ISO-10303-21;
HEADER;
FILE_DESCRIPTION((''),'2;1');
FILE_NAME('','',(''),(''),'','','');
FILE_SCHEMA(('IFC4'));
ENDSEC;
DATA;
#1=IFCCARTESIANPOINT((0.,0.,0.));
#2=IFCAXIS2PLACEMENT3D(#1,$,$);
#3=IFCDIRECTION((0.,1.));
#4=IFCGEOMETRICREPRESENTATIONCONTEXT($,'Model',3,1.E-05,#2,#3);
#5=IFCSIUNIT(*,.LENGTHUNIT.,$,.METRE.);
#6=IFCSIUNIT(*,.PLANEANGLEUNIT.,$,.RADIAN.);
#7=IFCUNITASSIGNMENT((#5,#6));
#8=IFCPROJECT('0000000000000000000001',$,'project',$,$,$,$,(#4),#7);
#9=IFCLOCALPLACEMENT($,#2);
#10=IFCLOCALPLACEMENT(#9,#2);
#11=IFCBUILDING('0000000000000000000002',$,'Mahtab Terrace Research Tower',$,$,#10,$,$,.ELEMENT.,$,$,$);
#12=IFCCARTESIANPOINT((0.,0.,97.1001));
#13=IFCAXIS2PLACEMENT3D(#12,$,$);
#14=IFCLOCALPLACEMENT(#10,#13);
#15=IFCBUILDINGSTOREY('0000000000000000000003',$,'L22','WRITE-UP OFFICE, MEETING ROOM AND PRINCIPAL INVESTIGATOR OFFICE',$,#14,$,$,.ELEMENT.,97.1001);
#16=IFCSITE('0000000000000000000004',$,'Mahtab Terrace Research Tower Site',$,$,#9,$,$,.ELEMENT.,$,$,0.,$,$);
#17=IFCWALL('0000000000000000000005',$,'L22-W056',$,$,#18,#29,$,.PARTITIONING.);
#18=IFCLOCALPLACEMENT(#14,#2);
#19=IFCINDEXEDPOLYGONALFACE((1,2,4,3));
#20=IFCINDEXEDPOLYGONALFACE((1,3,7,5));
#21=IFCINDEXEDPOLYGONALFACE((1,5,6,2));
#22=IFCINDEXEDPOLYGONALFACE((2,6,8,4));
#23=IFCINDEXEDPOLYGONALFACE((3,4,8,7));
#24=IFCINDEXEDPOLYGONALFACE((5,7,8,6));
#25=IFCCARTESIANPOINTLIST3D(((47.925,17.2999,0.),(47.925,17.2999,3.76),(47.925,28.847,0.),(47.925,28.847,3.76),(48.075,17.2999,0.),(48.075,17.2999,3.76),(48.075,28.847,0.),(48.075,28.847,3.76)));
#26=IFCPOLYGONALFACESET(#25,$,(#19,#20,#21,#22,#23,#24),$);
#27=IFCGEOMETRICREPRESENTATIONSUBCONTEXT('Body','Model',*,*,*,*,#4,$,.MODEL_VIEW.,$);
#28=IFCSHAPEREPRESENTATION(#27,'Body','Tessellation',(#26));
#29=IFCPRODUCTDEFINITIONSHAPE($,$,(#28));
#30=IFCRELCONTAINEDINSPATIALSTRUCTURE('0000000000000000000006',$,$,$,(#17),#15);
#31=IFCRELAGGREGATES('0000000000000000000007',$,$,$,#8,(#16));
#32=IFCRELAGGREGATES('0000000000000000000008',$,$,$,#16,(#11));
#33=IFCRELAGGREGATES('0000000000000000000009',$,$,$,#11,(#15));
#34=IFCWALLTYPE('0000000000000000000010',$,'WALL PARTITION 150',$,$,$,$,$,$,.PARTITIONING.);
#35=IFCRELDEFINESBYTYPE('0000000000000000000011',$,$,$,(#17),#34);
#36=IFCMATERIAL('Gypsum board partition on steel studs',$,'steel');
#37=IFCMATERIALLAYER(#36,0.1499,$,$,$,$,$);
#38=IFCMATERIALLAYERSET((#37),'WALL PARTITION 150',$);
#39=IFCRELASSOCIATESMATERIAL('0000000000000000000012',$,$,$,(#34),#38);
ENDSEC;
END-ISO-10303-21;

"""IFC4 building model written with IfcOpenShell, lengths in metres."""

from ifc_helpers import new_model, si_unit, direction, frame, frame_2d, origin, place, context, subcontext, project, spatial, rectangle, extrude, material, layer, layer_set, type_object, element, save


model = new_model("IFC4")

# Units and contexts
model_context = context("Model", 3, precision=1e-05, world=origin(), true_north=direction((0.0, 1.0)))
body_context = subcontext(model_context, "Body", "Model", "MODEL_VIEW")
ifc_project = project(units=[si_unit("LENGTHUNIT", "METRE"), si_unit("PLANEANGLEUNIT", "RADIAN")], contexts=[model_context])

# Site, building, storey
site_placement = place(None, origin())
site = spatial("IfcSite", under=ifc_project, at=site_placement, Name="Mahtab Terrace Research Tower Site", CompositionType="ELEMENT", RefElevation=0.0)
building_placement = place(site_placement, origin())
building = spatial("IfcBuilding", under=site, at=building_placement, Name="Mahtab Terrace Research Tower", CompositionType="ELEMENT")
storey_placement = place(building_placement, frame((0.0, 0.0, 97.1001)))
storey = spatial("IfcBuildingStorey", under=building, at=storey_placement, Name="L22", Description="WRITE-UP OFFICE, MEETING ROOM AND PRINCIPAL INVESTIGATOR OFFICE", CompositionType="ELEMENT", Elevation=97.1001)

# Wall
ifc_material_1 = material(Name="Gypsum board partition on steel studs", Category="steel")
ifc_layer_1 = layer(ifc_material_1, 0.1499)
ifc_layer_set_1 = layer_set([ifc_layer_1], Name="WALL PARTITION 150")
wall_type_1 = type_object("IfcWallType", Name="WALL PARTITION 150", PredefinedType="PARTITIONING", material=ifc_layer_set_1)
wall_1_placement = place(storey_placement, frame((48.0, 17.3, 0.0), z_axis=(0.0, 0.0, 1.0), x_axis=(0.0, 1.0, 0.0)))
element("IfcWall", 1, at=wall_1_placement, inside=storey, type_object=wall_type_1, Name="L22-W056", PredefinedType="PARTITIONING", context=body_context, shape_type="SweptSolid", body=[
    extrude(rectangle(XDim=11.5471, YDim=0.1499, at=frame_2d((5.7734, 0.0))), origin(), (0.0, 0.0, 1.0), 3.76),
])

save(model, "model.ifc")
